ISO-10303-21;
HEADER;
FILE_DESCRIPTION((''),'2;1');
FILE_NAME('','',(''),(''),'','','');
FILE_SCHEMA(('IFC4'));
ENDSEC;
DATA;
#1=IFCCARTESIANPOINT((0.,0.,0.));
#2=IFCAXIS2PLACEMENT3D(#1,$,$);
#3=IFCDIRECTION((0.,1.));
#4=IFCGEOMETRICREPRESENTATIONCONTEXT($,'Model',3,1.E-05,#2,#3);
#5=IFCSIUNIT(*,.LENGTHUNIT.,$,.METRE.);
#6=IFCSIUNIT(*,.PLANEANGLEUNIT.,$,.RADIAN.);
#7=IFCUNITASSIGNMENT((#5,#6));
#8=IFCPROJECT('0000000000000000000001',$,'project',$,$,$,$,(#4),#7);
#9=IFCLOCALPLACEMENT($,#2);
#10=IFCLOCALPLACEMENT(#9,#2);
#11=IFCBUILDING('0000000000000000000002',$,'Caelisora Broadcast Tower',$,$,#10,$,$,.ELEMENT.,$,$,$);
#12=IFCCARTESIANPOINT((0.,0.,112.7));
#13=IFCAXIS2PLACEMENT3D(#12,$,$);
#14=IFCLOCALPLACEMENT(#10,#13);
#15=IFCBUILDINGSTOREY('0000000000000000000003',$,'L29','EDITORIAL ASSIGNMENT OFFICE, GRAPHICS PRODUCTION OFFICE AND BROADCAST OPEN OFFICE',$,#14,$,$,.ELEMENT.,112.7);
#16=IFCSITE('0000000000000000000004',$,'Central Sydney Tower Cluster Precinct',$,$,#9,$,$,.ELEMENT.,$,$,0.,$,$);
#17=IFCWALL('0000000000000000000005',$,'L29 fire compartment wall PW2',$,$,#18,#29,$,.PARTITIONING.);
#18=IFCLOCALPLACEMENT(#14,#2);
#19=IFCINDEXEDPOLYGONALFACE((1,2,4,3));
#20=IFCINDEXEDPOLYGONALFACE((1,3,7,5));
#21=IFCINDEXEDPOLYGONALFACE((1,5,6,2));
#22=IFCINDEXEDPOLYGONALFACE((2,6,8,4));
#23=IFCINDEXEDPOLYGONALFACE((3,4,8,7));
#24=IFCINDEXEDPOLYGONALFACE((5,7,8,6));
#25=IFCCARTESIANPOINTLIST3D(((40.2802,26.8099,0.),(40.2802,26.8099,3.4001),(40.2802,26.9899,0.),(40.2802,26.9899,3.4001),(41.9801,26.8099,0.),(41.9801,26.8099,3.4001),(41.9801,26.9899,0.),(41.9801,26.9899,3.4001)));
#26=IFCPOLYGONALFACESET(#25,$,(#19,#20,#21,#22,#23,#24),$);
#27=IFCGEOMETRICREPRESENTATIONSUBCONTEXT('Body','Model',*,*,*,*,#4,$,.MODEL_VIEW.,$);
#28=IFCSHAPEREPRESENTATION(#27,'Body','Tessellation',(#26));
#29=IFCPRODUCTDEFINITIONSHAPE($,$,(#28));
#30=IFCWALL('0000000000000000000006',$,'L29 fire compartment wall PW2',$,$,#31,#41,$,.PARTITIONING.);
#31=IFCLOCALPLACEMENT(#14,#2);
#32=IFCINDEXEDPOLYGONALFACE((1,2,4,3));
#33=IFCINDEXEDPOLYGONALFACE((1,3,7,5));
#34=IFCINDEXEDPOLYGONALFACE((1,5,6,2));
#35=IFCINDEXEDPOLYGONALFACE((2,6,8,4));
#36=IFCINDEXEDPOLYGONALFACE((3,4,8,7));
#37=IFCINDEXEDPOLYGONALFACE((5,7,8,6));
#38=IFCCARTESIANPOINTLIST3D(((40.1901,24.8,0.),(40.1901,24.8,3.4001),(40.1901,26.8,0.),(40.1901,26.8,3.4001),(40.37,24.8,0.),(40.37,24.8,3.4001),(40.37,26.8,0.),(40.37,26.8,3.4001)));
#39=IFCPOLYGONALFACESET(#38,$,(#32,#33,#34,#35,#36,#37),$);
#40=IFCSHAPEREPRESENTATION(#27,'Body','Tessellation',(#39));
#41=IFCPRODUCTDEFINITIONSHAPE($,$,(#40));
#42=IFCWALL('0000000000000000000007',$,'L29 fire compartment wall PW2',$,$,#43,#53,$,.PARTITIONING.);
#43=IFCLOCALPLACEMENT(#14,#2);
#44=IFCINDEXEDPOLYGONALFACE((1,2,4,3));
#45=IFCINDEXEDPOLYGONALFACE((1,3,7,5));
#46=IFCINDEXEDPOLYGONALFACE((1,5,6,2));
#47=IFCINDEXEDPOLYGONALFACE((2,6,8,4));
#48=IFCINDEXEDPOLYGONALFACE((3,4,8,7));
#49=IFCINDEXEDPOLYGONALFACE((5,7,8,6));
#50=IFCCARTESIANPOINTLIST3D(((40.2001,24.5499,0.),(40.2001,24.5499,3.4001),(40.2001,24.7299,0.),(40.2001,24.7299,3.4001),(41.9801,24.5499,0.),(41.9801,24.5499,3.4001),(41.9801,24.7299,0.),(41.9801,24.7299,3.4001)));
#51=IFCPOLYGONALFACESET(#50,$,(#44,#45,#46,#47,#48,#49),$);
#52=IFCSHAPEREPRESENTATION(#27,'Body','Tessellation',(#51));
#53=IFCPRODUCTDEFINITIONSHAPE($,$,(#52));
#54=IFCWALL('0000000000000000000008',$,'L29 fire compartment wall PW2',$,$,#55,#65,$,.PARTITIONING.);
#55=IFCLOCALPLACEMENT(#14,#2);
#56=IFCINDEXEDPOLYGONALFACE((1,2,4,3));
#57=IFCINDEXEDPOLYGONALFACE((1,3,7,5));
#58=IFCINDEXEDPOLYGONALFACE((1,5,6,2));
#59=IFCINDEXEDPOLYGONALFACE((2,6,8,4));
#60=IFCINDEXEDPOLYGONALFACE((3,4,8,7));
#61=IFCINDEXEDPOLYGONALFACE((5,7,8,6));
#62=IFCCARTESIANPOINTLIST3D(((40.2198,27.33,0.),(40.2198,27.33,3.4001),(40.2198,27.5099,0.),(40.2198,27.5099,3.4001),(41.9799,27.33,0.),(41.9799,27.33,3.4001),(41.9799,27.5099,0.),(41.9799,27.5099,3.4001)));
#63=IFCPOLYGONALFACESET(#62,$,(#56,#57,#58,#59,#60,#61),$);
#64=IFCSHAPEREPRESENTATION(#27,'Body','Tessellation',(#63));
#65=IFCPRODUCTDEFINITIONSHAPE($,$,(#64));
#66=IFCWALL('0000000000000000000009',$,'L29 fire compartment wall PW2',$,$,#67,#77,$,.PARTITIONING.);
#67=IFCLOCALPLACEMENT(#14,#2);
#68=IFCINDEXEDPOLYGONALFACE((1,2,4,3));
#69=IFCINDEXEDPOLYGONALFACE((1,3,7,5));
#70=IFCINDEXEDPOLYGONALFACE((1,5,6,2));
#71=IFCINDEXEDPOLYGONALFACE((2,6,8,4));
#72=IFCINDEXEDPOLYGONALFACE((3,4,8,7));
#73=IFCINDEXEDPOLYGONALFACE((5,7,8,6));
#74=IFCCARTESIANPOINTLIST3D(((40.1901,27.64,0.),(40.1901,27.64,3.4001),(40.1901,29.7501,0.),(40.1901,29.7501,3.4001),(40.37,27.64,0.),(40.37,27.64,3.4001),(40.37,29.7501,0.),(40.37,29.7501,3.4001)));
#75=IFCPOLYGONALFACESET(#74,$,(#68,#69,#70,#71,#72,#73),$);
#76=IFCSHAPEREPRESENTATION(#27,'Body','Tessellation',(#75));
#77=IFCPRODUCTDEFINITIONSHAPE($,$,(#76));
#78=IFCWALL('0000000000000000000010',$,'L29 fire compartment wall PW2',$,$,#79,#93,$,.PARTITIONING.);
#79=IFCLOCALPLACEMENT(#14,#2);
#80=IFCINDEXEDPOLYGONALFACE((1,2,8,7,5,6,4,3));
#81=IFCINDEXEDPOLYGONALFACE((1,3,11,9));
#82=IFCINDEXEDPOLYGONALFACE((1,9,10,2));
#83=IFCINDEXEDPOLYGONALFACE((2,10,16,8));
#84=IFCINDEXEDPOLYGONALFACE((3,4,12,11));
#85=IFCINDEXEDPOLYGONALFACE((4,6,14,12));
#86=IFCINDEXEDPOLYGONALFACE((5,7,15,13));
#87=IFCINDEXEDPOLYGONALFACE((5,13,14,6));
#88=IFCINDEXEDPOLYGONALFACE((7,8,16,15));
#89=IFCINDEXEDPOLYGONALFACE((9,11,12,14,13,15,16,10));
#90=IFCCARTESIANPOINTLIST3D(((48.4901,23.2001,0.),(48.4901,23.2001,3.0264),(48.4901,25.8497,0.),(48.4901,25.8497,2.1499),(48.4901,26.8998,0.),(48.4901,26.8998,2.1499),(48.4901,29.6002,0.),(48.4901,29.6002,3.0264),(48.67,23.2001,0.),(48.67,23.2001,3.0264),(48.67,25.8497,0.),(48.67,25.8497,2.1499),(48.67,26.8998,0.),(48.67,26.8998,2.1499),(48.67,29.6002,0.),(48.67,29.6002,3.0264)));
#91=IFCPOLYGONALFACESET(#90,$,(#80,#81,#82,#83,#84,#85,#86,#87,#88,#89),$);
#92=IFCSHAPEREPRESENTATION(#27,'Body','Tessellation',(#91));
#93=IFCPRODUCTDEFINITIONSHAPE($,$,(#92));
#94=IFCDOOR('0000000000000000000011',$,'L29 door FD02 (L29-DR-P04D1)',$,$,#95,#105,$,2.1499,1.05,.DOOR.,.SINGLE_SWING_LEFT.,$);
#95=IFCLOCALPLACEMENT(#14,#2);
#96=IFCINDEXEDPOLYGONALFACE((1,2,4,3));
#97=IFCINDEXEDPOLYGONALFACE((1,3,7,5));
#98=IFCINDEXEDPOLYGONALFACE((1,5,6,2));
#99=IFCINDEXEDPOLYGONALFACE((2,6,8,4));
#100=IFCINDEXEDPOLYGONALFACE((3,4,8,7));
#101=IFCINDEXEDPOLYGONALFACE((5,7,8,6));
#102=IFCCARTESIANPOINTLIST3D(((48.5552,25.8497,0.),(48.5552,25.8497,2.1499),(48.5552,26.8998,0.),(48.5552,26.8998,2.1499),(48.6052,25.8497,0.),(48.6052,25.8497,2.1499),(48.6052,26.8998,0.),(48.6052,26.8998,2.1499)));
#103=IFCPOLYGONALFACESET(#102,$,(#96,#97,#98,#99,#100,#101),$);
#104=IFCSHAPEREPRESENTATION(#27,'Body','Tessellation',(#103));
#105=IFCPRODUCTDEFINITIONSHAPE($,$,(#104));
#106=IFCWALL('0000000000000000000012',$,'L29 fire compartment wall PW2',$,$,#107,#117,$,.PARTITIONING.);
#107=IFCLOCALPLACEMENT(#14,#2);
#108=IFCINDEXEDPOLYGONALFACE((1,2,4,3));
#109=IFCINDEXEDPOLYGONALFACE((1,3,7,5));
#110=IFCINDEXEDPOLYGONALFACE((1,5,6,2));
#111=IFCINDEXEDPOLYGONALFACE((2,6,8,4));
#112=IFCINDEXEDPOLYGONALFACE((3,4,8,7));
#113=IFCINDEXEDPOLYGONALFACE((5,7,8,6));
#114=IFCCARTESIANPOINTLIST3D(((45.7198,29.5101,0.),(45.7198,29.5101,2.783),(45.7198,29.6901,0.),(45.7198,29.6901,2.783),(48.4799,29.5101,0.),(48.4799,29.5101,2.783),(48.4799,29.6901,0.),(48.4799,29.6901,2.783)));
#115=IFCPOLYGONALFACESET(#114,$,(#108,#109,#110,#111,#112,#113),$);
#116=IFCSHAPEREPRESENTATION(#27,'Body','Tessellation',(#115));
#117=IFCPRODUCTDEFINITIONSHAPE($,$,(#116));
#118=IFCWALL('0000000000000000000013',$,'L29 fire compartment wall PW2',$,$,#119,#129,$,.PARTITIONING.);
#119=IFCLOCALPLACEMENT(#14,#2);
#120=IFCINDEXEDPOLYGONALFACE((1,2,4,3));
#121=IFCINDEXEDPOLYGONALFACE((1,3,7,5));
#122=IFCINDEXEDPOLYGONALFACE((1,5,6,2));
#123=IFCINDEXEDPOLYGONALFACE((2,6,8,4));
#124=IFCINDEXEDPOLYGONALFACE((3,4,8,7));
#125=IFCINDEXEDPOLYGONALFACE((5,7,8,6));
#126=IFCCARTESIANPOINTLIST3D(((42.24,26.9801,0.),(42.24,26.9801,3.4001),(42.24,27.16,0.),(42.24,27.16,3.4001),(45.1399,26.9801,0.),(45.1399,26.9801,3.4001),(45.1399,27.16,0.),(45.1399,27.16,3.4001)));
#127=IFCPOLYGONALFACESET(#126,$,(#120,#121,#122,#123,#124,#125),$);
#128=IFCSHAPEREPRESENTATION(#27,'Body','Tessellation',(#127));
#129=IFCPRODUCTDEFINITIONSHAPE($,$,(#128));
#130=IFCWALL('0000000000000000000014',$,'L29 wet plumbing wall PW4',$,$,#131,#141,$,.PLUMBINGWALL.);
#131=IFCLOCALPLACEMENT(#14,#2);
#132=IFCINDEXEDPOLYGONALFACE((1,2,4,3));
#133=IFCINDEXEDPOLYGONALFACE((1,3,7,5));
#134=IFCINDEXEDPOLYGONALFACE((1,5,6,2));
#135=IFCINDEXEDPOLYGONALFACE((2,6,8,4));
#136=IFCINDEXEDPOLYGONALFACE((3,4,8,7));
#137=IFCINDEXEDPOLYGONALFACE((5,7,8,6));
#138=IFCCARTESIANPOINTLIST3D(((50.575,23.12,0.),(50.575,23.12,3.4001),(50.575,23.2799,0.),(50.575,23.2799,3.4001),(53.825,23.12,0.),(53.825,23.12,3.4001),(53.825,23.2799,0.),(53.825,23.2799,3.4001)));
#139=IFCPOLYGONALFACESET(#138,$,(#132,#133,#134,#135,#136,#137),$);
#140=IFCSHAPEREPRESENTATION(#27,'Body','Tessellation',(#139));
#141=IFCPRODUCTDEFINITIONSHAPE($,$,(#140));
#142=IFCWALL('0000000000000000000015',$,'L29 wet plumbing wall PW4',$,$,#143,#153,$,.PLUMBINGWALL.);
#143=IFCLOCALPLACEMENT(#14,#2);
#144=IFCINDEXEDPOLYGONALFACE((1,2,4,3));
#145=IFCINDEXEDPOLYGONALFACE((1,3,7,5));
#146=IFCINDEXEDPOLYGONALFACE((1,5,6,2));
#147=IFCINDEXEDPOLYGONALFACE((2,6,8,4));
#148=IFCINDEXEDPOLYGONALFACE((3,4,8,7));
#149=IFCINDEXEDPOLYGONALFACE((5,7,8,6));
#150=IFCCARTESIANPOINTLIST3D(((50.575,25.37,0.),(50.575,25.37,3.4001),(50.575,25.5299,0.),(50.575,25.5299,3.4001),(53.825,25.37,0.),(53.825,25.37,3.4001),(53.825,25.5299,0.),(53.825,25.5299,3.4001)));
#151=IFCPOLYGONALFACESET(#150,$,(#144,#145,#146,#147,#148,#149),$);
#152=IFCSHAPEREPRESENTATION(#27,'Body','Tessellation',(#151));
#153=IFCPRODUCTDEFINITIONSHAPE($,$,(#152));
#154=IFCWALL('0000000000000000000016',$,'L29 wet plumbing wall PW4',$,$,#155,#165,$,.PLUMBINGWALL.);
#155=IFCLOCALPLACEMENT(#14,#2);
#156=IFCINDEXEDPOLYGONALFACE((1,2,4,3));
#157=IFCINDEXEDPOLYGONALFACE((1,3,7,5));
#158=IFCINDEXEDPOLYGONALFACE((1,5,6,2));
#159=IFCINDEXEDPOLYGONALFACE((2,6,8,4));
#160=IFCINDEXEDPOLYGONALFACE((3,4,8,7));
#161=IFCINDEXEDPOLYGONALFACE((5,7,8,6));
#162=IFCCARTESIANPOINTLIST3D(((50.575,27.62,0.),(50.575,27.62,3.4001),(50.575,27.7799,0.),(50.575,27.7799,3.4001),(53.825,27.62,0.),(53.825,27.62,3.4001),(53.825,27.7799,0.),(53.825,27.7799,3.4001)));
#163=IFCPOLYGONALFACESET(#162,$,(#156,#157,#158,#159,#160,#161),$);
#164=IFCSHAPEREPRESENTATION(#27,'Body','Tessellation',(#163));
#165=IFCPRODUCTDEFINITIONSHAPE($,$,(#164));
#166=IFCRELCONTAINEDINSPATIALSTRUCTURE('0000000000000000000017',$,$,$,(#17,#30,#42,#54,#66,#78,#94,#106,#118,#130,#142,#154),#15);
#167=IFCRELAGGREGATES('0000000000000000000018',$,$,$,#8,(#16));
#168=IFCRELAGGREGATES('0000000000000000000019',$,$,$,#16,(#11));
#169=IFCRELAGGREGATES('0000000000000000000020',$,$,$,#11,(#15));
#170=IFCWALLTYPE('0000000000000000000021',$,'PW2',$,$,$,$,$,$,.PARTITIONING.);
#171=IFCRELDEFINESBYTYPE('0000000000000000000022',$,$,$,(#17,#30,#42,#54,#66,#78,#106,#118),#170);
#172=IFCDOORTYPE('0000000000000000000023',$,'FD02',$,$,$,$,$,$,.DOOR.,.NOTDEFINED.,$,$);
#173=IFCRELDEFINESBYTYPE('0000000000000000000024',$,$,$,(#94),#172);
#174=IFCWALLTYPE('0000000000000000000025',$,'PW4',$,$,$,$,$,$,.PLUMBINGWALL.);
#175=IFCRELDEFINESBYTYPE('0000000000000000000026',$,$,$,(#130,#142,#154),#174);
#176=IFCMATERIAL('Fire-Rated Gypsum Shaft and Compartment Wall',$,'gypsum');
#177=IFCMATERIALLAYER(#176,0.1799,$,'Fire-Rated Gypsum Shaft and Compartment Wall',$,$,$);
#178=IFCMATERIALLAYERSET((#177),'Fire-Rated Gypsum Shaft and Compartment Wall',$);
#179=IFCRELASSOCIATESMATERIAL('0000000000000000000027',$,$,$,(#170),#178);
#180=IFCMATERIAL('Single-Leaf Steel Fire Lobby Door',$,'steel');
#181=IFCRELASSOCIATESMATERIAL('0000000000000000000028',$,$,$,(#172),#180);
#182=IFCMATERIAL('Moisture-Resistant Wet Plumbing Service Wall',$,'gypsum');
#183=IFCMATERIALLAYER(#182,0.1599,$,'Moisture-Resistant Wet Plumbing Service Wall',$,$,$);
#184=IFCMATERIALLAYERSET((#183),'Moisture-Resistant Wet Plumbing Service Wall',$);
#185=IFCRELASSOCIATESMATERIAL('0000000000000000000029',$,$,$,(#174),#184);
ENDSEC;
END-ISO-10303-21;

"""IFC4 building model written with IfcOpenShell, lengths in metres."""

from ifc_helpers import new_model, si_unit, direction, frame, frame_2d, origin, place, context, subcontext, project, spatial, rectangle, extrude, material, layer, layer_set, type_object, element, fill, save


model = new_model("IFC4")

# Units and contexts
model_context = context("Model", 3, precision=1e-05, world=origin(), true_north=direction((0.0, 1.0)))
body_context = subcontext(model_context, "Body", "Model", "MODEL_VIEW")
ifc_project = project(units=[si_unit("LENGTHUNIT", "METRE"), si_unit("PLANEANGLEUNIT", "RADIAN")], contexts=[model_context])

# Site, building, storey
site_placement = place(None, origin())
site = spatial("IfcSite", under=ifc_project, at=site_placement, Name="Central Sydney Tower Cluster Precinct", CompositionType="ELEMENT", RefElevation=0.0)
building_placement = place(site_placement, origin())
building = spatial("IfcBuilding", under=site, at=building_placement, Name="Caelisora Broadcast Tower", CompositionType="ELEMENT")
storey_placement = place(building_placement, frame((0.0, 0.0, 112.7)))
storey = spatial("IfcBuildingStorey", under=building, at=storey_placement, Name="L29", Description="EDITORIAL ASSIGNMENT OFFICE, GRAPHICS PRODUCTION OFFICE AND BROADCAST OPEN OFFICE", CompositionType="ELEMENT", Elevation=112.7)

# Walls
ifc_material_1 = material(Name="Fire-Rated Gypsum Shaft and Compartment Wall", Category="gypsum")
ifc_layer_1 = layer(ifc_material_1, 0.1799, Name="Fire-Rated Gypsum Shaft and Compartment Wall")
ifc_layer_set_1 = layer_set([ifc_layer_1], Name="Fire-Rated Gypsum Shaft and Compartment Wall")
wall_type_1 = type_object("IfcWallType", Name="PW2", PredefinedType="PARTITIONING", material=ifc_layer_set_1)
wall_1_placement = place(storey_placement, frame((40.28, 26.8999, 0.0), z_axis=(0.0, 0.0, 1.0), x_axis=(1.0, 0.0, 0.0)))
element("IfcWall", 1, at=wall_1_placement, inside=storey, type_object=wall_type_1, Name="L29 fire compartment wall PW2", PredefinedType="PARTITIONING", context=body_context, shape_type="SweptSolid", body=[
    extrude(rectangle(XDim=1.7, YDim=0.1799, at=frame_2d((0.8501, 0.0))), origin(), (0.0, 0.0, 1.0), 3.4001),
])
wall_2_placement = place(storey_placement, frame((40.28, 24.8, 0.0), z_axis=(0.0, 0.0, 1.0), x_axis=(0.0, 1.0, 0.0)))
element("IfcWall", 2, at=wall_2_placement, inside=storey, type_object=wall_type_1, Name="L29 fire compartment wall PW2", PredefinedType="PARTITIONING", context=body_context, shape_type="SweptSolid", body=[
    extrude(rectangle(XDim=2.0, YDim=0.1799, at=frame_2d((1.0, 0.0))), origin(), (0.0, 0.0, 1.0), 3.4001),
])
wall_3_placement = place(storey_placement, frame((40.2, 24.6399, 0.0), z_axis=(0.0, 0.0, 1.0), x_axis=(1.0, 0.0, 0.0)))
element("IfcWall", 3, at=wall_3_placement, inside=storey, type_object=wall_type_1, Name="L29 fire compartment wall PW2", PredefinedType="PARTITIONING", context=body_context, shape_type="SweptSolid", body=[
    extrude(rectangle(XDim=1.78, YDim=0.1799, at=frame_2d((0.8901, 0.0))), origin(), (0.0, 0.0, 1.0), 3.4001),
])
wall_4_placement = place(storey_placement, frame((40.22, 27.4199, 0.0), z_axis=(0.0, 0.0, 1.0), x_axis=(1.0, 0.0, 0.0)))
element("IfcWall", 4, at=wall_4_placement, inside=storey, type_object=wall_type_1, Name="L29 fire compartment wall PW2", PredefinedType="PARTITIONING", context=body_context, shape_type="SweptSolid", body=[
    extrude(rectangle(XDim=1.76, YDim=0.1799, at=frame_2d((0.8799, 0.0))), origin(), (0.0, 0.0, 1.0), 3.4001),
])
wall_5_placement = place(storey_placement, frame((40.28, 27.6399, 0.0), z_axis=(0.0, 0.0, 1.0), x_axis=(0.0, 1.0, 0.0)))
element("IfcWall", 5, at=wall_5_placement, inside=storey, type_object=wall_type_1, Name="L29 fire compartment wall PW2", PredefinedType="PARTITIONING", context=body_context, shape_type="SweptSolid", body=[
    extrude(rectangle(XDim=2.1101, YDim=0.1799, at=frame_2d((1.0552, 0.0))), origin(), (0.0, 0.0, 1.0), 3.4001),
])

# Wall, opening, door
wall_6_placement = place(storey_placement, frame((48.5801, 23.2, 0.0), z_axis=(0.0, 0.0, 1.0), x_axis=(0.0, 1.0, 0.0)))
wall_6 = element("IfcWall", 6, at=wall_6_placement, inside=storey, type_object=wall_type_1, Name="L29 fire compartment wall PW2", PredefinedType="PARTITIONING", context=body_context, shape_type="SweptSolid", body=[
    extrude(rectangle(XDim=6.4001, YDim=0.1799, at=frame_2d((3.2002, 0.0))), origin(), (0.0, 0.0, 1.0), 3.0264),
])
opening_1_placement = place(wall_6_placement, frame((2.6499, 0.0, 0.0)))
opening_1 = element("IfcOpeningElement", 7, at=opening_1_placement, cuts=wall_6, PredefinedType="OPENING", context=body_context, shape_type="SweptSolid", body=[
    extrude(rectangle(XDim=1.05, YDim=2.1499, at=frame_2d((0.5249, 1.075))), frame((0.0, 0.1021, 0.0), z_axis=(0.0, -1.0, 0.0), x_axis=(1.0, 0.0, 0.0)), (0.0, 0.0, 1.0), 0.2039),
])
ifc_material_2 = material(Name="Single-Leaf Steel Fire Lobby Door", Category="steel")
door_type_1 = type_object("IfcDoorType", Name="FD02", OperationType="NOTDEFINED", PredefinedType="DOOR", material=ifc_material_2)
door_1_placement = place(opening_1_placement, origin())
door_1 = element("IfcDoor", 8, at=door_1_placement, inside=storey, type_object=door_type_1, Name="L29 door FD02 (L29-DR-P04D1)", OperationType="SINGLE_SWING_LEFT", OverallHeight=2.1499, OverallWidth=1.05, PredefinedType="DOOR", context=body_context, shape_type="SweptSolid", body=[
    extrude(rectangle(XDim=1.05, YDim=2.1499, at=frame_2d((0.5249, 1.075))), frame((0.0, 0.0249, 0.0), z_axis=(0.0, -1.0, 0.0), x_axis=(1.0, 0.0, 0.0)), (0.0, 0.0, 1.0), 0.05),
])
fill(opening_1, door_1)

# Walls
wall_7_placement = place(storey_placement, frame((45.72, 29.6001, 0.0), z_axis=(0.0, 0.0, 1.0), x_axis=(1.0, 0.0, 0.0)))
element("IfcWall", 9, at=wall_7_placement, inside=storey, type_object=wall_type_1, Name="L29 fire compartment wall PW2", PredefinedType="PARTITIONING", context=body_context, shape_type="SweptSolid", body=[
    extrude(rectangle(XDim=2.76, YDim=0.1799, at=frame_2d((1.3799, 0.0))), origin(), (0.0, 0.0, 1.0), 2.783),
])
wall_8_placement = place(storey_placement, frame((42.24, 27.0701, 0.0), z_axis=(0.0, 0.0, 1.0), x_axis=(1.0, 0.0, 0.0)))
element("IfcWall", 10, at=wall_8_placement, inside=storey, type_object=wall_type_1, Name="L29 fire compartment wall PW2", PredefinedType="PARTITIONING", context=body_context, shape_type="SweptSolid", body=[
    extrude(rectangle(XDim=2.8999, YDim=0.1799, at=frame_2d((1.45, 0.0))), origin(), (0.0, 0.0, 1.0), 3.4001),
])
ifc_material_3 = material(Name="Moisture-Resistant Wet Plumbing Service Wall", Category="gypsum")
ifc_layer_2 = layer(ifc_material_3, 0.1599, Name="Moisture-Resistant Wet Plumbing Service Wall")
ifc_layer_set_2 = layer_set([ifc_layer_2], Name="Moisture-Resistant Wet Plumbing Service Wall")
wall_type_2 = type_object("IfcWallType", Name="PW4", PredefinedType="PLUMBINGWALL", material=ifc_layer_set_2)
for number, where, z_axis, x_axis, name in (
    (11, (50.575, 23.2, 0.0), (0.0, 0.0, 1.0), (1.0, 0.0, 0.0), "L29 wet plumbing wall PW4"),
    (12, (50.575, 25.45, 0.0), (0.0, 0.0, 1.0), (1.0, 0.0, 0.0), "L29 wet plumbing wall PW4"),
    (13, (50.575, 27.7, 0.0), (0.0, 0.0, 1.0), (1.0, 0.0, 0.0), "L29 wet plumbing wall PW4"),
):
    element("IfcWall", number, at=place(storey_placement, frame(where, z_axis=z_axis, x_axis=x_axis)), inside=storey, type_object=wall_type_2, Name=name, PredefinedType="PLUMBINGWALL", context=body_context, shape_type="SweptSolid", body=[
        extrude(rectangle(XDim=3.25, YDim=0.1599, at=frame_2d((1.625, 0.0))), origin(), (0.0, 0.0, 1.0), 3.4001),
    ])

save(model, "model.ifc")
